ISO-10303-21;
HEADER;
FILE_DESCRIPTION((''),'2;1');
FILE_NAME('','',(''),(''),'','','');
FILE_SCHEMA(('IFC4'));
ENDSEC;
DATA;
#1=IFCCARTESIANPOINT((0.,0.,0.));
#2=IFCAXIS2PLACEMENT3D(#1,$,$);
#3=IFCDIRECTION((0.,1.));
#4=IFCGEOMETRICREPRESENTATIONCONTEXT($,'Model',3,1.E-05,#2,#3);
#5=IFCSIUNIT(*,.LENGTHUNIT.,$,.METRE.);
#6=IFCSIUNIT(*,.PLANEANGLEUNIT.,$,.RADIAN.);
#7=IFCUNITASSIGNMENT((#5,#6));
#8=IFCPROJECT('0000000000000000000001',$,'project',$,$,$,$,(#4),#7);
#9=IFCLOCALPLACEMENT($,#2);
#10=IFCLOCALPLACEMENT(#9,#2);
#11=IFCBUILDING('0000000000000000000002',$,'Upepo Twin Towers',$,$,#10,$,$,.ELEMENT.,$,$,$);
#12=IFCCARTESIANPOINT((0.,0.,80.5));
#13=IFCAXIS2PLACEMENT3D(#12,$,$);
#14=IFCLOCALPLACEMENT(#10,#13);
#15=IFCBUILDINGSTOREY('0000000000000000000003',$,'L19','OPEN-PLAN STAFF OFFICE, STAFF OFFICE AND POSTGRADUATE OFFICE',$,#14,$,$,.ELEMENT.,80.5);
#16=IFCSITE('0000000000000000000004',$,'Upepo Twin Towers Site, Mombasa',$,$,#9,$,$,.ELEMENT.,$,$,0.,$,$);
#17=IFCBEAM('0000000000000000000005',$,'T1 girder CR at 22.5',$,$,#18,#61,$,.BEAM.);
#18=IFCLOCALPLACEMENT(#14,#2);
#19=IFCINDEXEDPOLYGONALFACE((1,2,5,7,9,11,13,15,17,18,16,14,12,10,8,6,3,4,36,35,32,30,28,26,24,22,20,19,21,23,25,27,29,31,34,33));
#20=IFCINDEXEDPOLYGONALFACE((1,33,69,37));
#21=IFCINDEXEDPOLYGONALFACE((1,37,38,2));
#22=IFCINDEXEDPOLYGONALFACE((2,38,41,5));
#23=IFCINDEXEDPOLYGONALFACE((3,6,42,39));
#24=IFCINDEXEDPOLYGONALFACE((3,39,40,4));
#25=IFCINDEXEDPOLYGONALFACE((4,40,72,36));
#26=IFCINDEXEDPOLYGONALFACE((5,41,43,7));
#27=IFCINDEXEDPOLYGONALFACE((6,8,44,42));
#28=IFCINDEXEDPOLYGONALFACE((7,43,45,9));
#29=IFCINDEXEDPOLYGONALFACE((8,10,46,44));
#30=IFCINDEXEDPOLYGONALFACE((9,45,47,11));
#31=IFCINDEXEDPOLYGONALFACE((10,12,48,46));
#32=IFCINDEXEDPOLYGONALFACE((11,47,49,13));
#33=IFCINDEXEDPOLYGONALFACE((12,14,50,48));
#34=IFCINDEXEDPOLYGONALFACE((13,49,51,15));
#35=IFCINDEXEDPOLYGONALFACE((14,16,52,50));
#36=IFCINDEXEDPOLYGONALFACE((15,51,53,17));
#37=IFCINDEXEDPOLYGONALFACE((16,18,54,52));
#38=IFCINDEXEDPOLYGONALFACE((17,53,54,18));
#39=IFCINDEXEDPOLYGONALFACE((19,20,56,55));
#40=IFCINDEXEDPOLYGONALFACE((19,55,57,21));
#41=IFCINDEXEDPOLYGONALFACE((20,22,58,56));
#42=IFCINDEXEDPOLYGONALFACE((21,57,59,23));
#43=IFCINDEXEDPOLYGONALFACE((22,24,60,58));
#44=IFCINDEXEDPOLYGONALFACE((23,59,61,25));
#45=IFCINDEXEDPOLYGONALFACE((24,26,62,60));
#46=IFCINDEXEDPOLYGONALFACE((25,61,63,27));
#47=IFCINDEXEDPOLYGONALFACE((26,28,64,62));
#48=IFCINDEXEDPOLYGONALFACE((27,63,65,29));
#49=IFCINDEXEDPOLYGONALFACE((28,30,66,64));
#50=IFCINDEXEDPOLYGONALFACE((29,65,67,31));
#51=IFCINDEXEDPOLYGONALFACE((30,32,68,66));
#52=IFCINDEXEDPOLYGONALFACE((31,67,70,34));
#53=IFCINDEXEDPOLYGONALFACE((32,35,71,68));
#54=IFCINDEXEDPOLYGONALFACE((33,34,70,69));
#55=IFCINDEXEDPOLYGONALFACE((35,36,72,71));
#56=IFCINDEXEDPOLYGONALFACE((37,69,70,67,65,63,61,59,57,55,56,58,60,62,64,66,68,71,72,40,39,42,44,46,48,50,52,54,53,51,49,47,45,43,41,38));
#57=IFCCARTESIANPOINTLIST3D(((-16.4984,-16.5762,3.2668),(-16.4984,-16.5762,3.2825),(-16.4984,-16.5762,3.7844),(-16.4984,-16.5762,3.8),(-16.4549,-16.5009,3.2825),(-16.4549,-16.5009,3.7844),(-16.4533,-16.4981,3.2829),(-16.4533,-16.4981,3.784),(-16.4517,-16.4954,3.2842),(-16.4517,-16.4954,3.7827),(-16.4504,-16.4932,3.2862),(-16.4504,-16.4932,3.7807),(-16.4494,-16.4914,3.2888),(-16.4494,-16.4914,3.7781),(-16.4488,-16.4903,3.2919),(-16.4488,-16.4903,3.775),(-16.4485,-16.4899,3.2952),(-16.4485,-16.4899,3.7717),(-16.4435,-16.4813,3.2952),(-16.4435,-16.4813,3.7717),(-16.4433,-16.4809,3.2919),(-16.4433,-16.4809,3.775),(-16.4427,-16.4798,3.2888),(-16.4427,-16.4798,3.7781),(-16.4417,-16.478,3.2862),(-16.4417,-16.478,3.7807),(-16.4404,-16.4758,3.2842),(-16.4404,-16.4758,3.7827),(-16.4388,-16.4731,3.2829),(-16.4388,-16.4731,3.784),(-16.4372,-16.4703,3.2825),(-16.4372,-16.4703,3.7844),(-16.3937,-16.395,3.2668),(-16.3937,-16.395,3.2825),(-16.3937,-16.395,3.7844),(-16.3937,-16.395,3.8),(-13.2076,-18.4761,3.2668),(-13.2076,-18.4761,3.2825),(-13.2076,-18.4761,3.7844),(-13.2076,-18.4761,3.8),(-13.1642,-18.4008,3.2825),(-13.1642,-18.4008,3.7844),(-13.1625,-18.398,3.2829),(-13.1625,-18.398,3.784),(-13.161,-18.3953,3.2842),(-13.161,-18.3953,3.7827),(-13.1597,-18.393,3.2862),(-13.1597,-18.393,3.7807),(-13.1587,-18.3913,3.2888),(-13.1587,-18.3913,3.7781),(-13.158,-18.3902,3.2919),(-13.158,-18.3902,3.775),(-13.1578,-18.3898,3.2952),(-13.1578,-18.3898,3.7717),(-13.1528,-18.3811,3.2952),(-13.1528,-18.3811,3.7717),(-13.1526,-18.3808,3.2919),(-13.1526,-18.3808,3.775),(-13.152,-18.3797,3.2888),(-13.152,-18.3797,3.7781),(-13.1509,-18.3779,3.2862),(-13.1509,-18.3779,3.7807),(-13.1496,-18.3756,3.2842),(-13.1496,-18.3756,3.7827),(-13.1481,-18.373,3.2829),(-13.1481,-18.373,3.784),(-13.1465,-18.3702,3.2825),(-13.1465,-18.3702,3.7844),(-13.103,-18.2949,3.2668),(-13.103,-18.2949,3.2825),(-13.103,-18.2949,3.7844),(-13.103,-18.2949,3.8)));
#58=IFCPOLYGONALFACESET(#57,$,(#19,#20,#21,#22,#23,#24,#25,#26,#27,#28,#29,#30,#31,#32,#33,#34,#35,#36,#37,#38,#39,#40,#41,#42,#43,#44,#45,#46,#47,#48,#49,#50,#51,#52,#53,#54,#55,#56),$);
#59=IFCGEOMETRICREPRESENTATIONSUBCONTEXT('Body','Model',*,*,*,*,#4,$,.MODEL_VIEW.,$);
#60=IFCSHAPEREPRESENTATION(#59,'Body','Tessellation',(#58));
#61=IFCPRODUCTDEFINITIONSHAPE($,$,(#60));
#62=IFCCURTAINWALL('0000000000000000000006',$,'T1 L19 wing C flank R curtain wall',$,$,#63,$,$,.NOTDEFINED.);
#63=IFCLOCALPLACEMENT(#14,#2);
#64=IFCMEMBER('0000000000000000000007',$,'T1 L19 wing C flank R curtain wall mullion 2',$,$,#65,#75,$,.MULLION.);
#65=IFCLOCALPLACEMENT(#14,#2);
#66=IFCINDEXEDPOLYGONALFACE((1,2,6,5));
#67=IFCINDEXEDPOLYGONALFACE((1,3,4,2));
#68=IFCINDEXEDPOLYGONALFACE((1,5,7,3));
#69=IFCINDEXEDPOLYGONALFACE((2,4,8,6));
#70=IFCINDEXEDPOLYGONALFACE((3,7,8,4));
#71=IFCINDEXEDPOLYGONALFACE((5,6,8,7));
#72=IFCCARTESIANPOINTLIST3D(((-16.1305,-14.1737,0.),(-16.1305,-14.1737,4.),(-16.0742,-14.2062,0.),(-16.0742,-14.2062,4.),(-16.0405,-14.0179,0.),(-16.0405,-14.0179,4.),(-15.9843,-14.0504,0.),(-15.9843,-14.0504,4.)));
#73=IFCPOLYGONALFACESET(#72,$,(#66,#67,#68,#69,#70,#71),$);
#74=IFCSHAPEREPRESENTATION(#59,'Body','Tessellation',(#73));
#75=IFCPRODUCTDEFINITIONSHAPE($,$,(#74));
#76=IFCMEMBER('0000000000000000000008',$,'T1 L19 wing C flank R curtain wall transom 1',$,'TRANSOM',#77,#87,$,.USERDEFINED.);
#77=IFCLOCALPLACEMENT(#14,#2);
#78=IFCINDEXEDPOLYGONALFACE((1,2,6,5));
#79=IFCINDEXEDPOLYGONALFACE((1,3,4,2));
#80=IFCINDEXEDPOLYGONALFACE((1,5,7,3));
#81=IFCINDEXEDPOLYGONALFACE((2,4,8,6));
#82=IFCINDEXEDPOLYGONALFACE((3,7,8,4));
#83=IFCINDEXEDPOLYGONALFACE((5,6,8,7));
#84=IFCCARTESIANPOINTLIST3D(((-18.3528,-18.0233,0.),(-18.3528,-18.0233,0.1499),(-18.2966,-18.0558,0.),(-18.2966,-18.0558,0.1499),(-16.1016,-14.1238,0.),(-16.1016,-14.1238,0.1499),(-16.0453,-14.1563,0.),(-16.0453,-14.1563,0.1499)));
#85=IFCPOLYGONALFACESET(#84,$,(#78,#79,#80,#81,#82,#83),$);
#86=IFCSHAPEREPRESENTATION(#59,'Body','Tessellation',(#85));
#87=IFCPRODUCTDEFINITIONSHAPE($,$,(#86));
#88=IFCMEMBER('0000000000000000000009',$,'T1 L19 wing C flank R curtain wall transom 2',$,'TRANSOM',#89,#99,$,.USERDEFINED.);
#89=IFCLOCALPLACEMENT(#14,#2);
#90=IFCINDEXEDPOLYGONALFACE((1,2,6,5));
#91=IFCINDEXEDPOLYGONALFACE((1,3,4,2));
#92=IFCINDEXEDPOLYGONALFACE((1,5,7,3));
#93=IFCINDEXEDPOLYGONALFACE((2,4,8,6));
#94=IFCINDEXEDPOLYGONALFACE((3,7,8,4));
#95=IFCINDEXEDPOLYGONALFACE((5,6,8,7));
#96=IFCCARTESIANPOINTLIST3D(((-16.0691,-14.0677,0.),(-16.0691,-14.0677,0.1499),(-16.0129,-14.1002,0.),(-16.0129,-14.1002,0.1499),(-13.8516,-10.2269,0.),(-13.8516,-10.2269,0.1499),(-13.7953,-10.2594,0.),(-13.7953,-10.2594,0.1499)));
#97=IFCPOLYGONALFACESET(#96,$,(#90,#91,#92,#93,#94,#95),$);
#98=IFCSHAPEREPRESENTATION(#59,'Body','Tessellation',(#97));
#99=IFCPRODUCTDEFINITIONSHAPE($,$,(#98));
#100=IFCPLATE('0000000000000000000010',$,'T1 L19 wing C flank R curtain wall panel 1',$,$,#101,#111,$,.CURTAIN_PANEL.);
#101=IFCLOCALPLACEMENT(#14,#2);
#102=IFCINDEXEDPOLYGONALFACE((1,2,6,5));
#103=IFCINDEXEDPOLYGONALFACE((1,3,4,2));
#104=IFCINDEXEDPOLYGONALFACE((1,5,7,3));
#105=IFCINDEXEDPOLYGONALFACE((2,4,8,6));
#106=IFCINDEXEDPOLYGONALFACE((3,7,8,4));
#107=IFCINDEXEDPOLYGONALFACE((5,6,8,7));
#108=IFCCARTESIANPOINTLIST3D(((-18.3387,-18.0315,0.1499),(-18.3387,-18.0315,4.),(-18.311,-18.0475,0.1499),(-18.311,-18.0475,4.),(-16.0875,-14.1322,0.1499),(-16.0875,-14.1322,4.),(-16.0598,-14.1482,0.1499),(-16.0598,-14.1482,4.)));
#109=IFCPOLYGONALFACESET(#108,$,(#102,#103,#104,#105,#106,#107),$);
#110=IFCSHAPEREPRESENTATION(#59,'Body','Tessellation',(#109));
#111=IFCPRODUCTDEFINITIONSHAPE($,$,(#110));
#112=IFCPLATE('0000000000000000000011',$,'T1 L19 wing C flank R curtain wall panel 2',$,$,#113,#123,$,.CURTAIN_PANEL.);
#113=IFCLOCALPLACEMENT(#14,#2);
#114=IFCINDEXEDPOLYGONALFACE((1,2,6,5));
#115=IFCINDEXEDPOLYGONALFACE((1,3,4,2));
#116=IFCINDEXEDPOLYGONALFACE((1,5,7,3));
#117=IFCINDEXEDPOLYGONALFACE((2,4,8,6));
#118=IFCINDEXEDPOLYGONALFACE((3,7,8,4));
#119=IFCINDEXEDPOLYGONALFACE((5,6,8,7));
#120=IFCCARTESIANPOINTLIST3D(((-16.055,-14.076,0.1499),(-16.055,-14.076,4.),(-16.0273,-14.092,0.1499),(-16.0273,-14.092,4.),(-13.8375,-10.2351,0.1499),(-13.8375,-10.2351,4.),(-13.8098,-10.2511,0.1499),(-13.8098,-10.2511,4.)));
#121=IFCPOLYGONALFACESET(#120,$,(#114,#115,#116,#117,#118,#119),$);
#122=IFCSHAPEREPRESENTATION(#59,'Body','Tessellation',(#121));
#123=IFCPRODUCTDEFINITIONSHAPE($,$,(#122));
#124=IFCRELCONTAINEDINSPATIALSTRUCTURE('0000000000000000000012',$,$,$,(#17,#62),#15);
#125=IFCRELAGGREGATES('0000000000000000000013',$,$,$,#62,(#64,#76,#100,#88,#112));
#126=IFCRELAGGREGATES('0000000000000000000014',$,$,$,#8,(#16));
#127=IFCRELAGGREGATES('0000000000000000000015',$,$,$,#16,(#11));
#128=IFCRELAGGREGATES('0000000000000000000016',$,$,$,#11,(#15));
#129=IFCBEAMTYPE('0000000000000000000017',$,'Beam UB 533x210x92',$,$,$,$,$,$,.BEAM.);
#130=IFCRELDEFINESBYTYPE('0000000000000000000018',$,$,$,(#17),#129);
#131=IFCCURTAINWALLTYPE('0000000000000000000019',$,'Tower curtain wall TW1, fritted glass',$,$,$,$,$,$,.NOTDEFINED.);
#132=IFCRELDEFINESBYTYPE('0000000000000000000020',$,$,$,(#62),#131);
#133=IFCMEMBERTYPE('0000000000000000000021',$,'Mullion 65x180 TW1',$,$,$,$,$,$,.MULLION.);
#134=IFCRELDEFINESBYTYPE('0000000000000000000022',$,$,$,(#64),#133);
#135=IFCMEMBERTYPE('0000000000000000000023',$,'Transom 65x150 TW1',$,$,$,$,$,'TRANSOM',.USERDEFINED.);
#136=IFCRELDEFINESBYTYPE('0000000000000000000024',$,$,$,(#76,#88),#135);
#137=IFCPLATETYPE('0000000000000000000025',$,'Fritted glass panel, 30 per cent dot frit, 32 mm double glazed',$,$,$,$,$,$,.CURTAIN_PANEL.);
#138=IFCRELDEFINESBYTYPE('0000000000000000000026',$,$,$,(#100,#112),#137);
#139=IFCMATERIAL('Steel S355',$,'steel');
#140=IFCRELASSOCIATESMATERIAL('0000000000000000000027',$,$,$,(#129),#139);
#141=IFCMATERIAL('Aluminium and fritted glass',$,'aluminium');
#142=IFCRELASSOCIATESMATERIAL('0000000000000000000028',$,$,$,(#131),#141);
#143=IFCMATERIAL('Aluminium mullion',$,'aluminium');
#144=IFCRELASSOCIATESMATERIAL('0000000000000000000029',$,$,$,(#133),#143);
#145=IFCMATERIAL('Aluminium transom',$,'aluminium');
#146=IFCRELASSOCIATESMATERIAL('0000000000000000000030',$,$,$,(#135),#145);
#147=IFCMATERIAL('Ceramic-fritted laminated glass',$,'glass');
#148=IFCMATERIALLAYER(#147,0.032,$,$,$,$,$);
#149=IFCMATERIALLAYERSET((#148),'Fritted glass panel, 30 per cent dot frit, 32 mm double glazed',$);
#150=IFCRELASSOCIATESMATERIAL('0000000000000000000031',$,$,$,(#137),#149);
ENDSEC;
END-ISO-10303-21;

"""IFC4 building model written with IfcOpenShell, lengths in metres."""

from ifc_helpers import new_model, si_unit, direction, frame, origin, origin_2d, place, context, subcontext, project, spatial, rectangle, i_section, extrude, material, layer, layer_set, material_profile, profile_set, type_object, element, aggregate, save


model = new_model("IFC4")

# Units and contexts
model_context = context("Model", 3, precision=1e-05, world=origin(), true_north=direction((0.0, 1.0)))
body_context = subcontext(model_context, "Body", "Model", "MODEL_VIEW")
ifc_project = project(units=[si_unit("LENGTHUNIT", "METRE"), si_unit("PLANEANGLEUNIT", "RADIAN")], contexts=[model_context])

# Site, building, storey
site_placement = place(None, origin())
site = spatial("IfcSite", under=ifc_project, at=site_placement, Name="Upepo Twin Towers Site, Mombasa", CompositionType="ELEMENT", RefElevation=0.0)
building_placement = place(site_placement, origin())
building = spatial("IfcBuilding", under=site, at=building_placement, Name="Upepo Twin Towers", CompositionType="ELEMENT")
storey_placement = place(building_placement, frame((0.0, 0.0, 80.5)))
storey = spatial("IfcBuildingStorey", under=building, at=storey_placement, Name="L19", Description="OPEN-PLAN STAFF OFFICE, STAFF OFFICE AND POSTGRADUATE OFFICE", CompositionType="ELEMENT", Elevation=80.5)

# Beam
ifc_material_1 = material(Name="Steel S355", Category="steel")
ifc_material_profile_1 = material_profile(ifc_material_1, i_section(OverallWidth=0.2092, OverallDepth=0.5332, WebThickness=0.01, FlangeThickness=0.0156, FilletRadius=0.0127, at=origin_2d()), Name="UB 533x210x92")
ifc_profile_set_1 = profile_set([ifc_material_profile_1], Name="Steel S355")
beam_type_1 = type_object("IfcBeamType", Name="Beam UB 533x210x92", PredefinedType="BEAM", material=ifc_profile_set_1)
beam_1_placement = place(storey_placement, frame((-16.446, -16.4856, 3.5334), z_axis=(0.866028, -0.499995, 0.0), x_axis=(0.499995, 0.866028, 0.0)))
element("IfcBeam", 1, at=beam_1_placement, inside=storey, type_object=beam_type_1, Name="T1 girder CR at 22.5", PredefinedType="BEAM", context=body_context, shape_type="SweptSolid", body=[
    extrude(i_section(OverallWidth=0.2092, OverallDepth=0.5332, WebThickness=0.01, FlangeThickness=0.0156, FilletRadius=0.0127, at=origin_2d()), origin(), (0.0, 0.0, 1.0), 3.7998),
])

# Curtain wall, members, plates
ifc_material_2 = material(Name="Aluminium and fritted glass", Category="aluminium")
curtain_wall_type = type_object("IfcCurtainWallType", Name="Tower curtain wall TW1, fritted glass", PredefinedType="NOTDEFINED", material=ifc_material_2)
curtain_wall_placement = place(storey_placement, origin())
curtain_wall = element("IfcCurtainWall", 2, at=curtain_wall_placement, inside=storey, type_object=curtain_wall_type, Name="T1 L19 wing C flank R curtain wall", PredefinedType="NOTDEFINED")
ifc_material_3 = material(Name="Aluminium mullion", Category="aluminium")
ifc_material_profile_2 = material_profile(ifc_material_3, rectangle(XDim=0.0649, YDim=0.1799, at=origin_2d()), Name="MULLION 65x180")
ifc_profile_set_2 = profile_set([ifc_material_profile_2], Name="Aluminium mullion")
member_type_1 = type_object("IfcMemberType", Name="Mullion 65x180 TW1", PredefinedType="MULLION", material=ifc_profile_set_2)
member_1_placement = place(storey_placement, frame((-16.0574, -14.1121, 0.0), z_axis=(0.0, 0.0, 1.0), x_axis=(-0.866025, 0.5, 0.0)))
member_1 = element("IfcMember", 3, at=member_1_placement, type_object=member_type_1, Name="T1 L19 wing C flank R curtain wall mullion 2", PredefinedType="MULLION", context=body_context, shape_type="SweptSolid", body=[
    extrude(rectangle(XDim=0.0649, YDim=0.1799, at=origin_2d()), origin(), (0.0, 0.0, 1.0), 4.0),
])
ifc_material_4 = material(Name="Aluminium transom", Category="aluminium")
ifc_material_profile_3 = material_profile(ifc_material_4, rectangle(XDim=0.0649, YDim=0.1499, at=origin_2d()), Name="TRANSOM 65x150")
ifc_profile_set_3 = profile_set([ifc_material_profile_3], Name="Aluminium transom")
member_type_2 = type_object("IfcMemberType", Name="Transom 65x150 TW1", ElementType="TRANSOM", PredefinedType="USERDEFINED", material=ifc_profile_set_3)
member_2_placement = place(storey_placement, frame((-18.3247, -18.0396, 0.075), z_axis=(0.499982, 0.866036, 0.0), x_axis=(-0.866036, 0.499982, 0.0)))
member_2 = element("IfcMember", 4, at=member_2_placement, type_object=member_type_2, Name="T1 L19 wing C flank R curtain wall transom 1", ObjectType="TRANSOM", PredefinedType="USERDEFINED", context=body_context, shape_type="SweptSolid", body=[
    extrude(rectangle(XDim=0.0649, YDim=0.1499, at=origin_2d()), origin(), (0.0, 0.0, 1.0), 4.5027),
])
member_3_placement = place(storey_placement, frame((-16.041, -14.084, 0.075), z_axis=(0.500005, 0.866022, 0.0), x_axis=(-0.866022, 0.500005, 0.0)))
member_3 = element("IfcMember", 5, at=member_3_placement, type_object=member_type_2, Name="T1 L19 wing C flank R curtain wall transom 2", ObjectType="TRANSOM", PredefinedType="USERDEFINED", context=body_context, shape_type="SweptSolid", body=[
    extrude(rectangle(XDim=0.0649, YDim=0.1499, at=origin_2d()), origin(), (0.0, 0.0, 1.0), 4.4351),
])
ifc_material_5 = material(Name="Ceramic-fritted laminated glass", Category="glass")
ifc_layer_1 = layer(ifc_material_5, 0.032)
ifc_layer_set_1 = layer_set([ifc_layer_1], Name="Fritted glass panel, 30 per cent dot frit, 32 mm double glazed")
plate_type = type_object("IfcPlateType", Name="Fritted glass panel, 30 per cent dot frit, 32 mm double glazed", PredefinedType="CURTAIN_PANEL", material=ifc_layer_set_1)
plate_1_placement = place(storey_placement, frame((-17.1992, -16.0898, 0.1499), z_axis=(0.0, 0.0, 1.0), x_axis=(0.5, 0.866025, 0.0)))
plate_1 = element("IfcPlate", 6, at=plate_1_placement, type_object=plate_type, Name="T1 L19 wing C flank R curtain wall panel 1", PredefinedType="CURTAIN_PANEL", context=body_context, shape_type="SweptSolid", body=[
    extrude(rectangle(XDim=4.5024, YDim=0.032, at=origin_2d()), origin(), (0.0, 0.0, 1.0), 3.8501),
])
plate_2_placement = place(storey_placement, frame((-14.9324, -12.1636, 0.1499), z_axis=(0.0, 0.0, 1.0), x_axis=(0.5, 0.866025, 0.0)))
plate_2 = element("IfcPlate", 7, at=plate_2_placement, type_object=plate_type, Name="T1 L19 wing C flank R curtain wall panel 2", PredefinedType="CURTAIN_PANEL", context=body_context, shape_type="SweptSolid", body=[
    extrude(rectangle(XDim=4.4351, YDim=0.032, at=origin_2d()), origin(), (0.0, 0.0, 1.0), 3.8501),
])
aggregate(curtain_wall, [member_1, member_2, plate_1, member_3, plate_2])

save(model, "model.ifc")
